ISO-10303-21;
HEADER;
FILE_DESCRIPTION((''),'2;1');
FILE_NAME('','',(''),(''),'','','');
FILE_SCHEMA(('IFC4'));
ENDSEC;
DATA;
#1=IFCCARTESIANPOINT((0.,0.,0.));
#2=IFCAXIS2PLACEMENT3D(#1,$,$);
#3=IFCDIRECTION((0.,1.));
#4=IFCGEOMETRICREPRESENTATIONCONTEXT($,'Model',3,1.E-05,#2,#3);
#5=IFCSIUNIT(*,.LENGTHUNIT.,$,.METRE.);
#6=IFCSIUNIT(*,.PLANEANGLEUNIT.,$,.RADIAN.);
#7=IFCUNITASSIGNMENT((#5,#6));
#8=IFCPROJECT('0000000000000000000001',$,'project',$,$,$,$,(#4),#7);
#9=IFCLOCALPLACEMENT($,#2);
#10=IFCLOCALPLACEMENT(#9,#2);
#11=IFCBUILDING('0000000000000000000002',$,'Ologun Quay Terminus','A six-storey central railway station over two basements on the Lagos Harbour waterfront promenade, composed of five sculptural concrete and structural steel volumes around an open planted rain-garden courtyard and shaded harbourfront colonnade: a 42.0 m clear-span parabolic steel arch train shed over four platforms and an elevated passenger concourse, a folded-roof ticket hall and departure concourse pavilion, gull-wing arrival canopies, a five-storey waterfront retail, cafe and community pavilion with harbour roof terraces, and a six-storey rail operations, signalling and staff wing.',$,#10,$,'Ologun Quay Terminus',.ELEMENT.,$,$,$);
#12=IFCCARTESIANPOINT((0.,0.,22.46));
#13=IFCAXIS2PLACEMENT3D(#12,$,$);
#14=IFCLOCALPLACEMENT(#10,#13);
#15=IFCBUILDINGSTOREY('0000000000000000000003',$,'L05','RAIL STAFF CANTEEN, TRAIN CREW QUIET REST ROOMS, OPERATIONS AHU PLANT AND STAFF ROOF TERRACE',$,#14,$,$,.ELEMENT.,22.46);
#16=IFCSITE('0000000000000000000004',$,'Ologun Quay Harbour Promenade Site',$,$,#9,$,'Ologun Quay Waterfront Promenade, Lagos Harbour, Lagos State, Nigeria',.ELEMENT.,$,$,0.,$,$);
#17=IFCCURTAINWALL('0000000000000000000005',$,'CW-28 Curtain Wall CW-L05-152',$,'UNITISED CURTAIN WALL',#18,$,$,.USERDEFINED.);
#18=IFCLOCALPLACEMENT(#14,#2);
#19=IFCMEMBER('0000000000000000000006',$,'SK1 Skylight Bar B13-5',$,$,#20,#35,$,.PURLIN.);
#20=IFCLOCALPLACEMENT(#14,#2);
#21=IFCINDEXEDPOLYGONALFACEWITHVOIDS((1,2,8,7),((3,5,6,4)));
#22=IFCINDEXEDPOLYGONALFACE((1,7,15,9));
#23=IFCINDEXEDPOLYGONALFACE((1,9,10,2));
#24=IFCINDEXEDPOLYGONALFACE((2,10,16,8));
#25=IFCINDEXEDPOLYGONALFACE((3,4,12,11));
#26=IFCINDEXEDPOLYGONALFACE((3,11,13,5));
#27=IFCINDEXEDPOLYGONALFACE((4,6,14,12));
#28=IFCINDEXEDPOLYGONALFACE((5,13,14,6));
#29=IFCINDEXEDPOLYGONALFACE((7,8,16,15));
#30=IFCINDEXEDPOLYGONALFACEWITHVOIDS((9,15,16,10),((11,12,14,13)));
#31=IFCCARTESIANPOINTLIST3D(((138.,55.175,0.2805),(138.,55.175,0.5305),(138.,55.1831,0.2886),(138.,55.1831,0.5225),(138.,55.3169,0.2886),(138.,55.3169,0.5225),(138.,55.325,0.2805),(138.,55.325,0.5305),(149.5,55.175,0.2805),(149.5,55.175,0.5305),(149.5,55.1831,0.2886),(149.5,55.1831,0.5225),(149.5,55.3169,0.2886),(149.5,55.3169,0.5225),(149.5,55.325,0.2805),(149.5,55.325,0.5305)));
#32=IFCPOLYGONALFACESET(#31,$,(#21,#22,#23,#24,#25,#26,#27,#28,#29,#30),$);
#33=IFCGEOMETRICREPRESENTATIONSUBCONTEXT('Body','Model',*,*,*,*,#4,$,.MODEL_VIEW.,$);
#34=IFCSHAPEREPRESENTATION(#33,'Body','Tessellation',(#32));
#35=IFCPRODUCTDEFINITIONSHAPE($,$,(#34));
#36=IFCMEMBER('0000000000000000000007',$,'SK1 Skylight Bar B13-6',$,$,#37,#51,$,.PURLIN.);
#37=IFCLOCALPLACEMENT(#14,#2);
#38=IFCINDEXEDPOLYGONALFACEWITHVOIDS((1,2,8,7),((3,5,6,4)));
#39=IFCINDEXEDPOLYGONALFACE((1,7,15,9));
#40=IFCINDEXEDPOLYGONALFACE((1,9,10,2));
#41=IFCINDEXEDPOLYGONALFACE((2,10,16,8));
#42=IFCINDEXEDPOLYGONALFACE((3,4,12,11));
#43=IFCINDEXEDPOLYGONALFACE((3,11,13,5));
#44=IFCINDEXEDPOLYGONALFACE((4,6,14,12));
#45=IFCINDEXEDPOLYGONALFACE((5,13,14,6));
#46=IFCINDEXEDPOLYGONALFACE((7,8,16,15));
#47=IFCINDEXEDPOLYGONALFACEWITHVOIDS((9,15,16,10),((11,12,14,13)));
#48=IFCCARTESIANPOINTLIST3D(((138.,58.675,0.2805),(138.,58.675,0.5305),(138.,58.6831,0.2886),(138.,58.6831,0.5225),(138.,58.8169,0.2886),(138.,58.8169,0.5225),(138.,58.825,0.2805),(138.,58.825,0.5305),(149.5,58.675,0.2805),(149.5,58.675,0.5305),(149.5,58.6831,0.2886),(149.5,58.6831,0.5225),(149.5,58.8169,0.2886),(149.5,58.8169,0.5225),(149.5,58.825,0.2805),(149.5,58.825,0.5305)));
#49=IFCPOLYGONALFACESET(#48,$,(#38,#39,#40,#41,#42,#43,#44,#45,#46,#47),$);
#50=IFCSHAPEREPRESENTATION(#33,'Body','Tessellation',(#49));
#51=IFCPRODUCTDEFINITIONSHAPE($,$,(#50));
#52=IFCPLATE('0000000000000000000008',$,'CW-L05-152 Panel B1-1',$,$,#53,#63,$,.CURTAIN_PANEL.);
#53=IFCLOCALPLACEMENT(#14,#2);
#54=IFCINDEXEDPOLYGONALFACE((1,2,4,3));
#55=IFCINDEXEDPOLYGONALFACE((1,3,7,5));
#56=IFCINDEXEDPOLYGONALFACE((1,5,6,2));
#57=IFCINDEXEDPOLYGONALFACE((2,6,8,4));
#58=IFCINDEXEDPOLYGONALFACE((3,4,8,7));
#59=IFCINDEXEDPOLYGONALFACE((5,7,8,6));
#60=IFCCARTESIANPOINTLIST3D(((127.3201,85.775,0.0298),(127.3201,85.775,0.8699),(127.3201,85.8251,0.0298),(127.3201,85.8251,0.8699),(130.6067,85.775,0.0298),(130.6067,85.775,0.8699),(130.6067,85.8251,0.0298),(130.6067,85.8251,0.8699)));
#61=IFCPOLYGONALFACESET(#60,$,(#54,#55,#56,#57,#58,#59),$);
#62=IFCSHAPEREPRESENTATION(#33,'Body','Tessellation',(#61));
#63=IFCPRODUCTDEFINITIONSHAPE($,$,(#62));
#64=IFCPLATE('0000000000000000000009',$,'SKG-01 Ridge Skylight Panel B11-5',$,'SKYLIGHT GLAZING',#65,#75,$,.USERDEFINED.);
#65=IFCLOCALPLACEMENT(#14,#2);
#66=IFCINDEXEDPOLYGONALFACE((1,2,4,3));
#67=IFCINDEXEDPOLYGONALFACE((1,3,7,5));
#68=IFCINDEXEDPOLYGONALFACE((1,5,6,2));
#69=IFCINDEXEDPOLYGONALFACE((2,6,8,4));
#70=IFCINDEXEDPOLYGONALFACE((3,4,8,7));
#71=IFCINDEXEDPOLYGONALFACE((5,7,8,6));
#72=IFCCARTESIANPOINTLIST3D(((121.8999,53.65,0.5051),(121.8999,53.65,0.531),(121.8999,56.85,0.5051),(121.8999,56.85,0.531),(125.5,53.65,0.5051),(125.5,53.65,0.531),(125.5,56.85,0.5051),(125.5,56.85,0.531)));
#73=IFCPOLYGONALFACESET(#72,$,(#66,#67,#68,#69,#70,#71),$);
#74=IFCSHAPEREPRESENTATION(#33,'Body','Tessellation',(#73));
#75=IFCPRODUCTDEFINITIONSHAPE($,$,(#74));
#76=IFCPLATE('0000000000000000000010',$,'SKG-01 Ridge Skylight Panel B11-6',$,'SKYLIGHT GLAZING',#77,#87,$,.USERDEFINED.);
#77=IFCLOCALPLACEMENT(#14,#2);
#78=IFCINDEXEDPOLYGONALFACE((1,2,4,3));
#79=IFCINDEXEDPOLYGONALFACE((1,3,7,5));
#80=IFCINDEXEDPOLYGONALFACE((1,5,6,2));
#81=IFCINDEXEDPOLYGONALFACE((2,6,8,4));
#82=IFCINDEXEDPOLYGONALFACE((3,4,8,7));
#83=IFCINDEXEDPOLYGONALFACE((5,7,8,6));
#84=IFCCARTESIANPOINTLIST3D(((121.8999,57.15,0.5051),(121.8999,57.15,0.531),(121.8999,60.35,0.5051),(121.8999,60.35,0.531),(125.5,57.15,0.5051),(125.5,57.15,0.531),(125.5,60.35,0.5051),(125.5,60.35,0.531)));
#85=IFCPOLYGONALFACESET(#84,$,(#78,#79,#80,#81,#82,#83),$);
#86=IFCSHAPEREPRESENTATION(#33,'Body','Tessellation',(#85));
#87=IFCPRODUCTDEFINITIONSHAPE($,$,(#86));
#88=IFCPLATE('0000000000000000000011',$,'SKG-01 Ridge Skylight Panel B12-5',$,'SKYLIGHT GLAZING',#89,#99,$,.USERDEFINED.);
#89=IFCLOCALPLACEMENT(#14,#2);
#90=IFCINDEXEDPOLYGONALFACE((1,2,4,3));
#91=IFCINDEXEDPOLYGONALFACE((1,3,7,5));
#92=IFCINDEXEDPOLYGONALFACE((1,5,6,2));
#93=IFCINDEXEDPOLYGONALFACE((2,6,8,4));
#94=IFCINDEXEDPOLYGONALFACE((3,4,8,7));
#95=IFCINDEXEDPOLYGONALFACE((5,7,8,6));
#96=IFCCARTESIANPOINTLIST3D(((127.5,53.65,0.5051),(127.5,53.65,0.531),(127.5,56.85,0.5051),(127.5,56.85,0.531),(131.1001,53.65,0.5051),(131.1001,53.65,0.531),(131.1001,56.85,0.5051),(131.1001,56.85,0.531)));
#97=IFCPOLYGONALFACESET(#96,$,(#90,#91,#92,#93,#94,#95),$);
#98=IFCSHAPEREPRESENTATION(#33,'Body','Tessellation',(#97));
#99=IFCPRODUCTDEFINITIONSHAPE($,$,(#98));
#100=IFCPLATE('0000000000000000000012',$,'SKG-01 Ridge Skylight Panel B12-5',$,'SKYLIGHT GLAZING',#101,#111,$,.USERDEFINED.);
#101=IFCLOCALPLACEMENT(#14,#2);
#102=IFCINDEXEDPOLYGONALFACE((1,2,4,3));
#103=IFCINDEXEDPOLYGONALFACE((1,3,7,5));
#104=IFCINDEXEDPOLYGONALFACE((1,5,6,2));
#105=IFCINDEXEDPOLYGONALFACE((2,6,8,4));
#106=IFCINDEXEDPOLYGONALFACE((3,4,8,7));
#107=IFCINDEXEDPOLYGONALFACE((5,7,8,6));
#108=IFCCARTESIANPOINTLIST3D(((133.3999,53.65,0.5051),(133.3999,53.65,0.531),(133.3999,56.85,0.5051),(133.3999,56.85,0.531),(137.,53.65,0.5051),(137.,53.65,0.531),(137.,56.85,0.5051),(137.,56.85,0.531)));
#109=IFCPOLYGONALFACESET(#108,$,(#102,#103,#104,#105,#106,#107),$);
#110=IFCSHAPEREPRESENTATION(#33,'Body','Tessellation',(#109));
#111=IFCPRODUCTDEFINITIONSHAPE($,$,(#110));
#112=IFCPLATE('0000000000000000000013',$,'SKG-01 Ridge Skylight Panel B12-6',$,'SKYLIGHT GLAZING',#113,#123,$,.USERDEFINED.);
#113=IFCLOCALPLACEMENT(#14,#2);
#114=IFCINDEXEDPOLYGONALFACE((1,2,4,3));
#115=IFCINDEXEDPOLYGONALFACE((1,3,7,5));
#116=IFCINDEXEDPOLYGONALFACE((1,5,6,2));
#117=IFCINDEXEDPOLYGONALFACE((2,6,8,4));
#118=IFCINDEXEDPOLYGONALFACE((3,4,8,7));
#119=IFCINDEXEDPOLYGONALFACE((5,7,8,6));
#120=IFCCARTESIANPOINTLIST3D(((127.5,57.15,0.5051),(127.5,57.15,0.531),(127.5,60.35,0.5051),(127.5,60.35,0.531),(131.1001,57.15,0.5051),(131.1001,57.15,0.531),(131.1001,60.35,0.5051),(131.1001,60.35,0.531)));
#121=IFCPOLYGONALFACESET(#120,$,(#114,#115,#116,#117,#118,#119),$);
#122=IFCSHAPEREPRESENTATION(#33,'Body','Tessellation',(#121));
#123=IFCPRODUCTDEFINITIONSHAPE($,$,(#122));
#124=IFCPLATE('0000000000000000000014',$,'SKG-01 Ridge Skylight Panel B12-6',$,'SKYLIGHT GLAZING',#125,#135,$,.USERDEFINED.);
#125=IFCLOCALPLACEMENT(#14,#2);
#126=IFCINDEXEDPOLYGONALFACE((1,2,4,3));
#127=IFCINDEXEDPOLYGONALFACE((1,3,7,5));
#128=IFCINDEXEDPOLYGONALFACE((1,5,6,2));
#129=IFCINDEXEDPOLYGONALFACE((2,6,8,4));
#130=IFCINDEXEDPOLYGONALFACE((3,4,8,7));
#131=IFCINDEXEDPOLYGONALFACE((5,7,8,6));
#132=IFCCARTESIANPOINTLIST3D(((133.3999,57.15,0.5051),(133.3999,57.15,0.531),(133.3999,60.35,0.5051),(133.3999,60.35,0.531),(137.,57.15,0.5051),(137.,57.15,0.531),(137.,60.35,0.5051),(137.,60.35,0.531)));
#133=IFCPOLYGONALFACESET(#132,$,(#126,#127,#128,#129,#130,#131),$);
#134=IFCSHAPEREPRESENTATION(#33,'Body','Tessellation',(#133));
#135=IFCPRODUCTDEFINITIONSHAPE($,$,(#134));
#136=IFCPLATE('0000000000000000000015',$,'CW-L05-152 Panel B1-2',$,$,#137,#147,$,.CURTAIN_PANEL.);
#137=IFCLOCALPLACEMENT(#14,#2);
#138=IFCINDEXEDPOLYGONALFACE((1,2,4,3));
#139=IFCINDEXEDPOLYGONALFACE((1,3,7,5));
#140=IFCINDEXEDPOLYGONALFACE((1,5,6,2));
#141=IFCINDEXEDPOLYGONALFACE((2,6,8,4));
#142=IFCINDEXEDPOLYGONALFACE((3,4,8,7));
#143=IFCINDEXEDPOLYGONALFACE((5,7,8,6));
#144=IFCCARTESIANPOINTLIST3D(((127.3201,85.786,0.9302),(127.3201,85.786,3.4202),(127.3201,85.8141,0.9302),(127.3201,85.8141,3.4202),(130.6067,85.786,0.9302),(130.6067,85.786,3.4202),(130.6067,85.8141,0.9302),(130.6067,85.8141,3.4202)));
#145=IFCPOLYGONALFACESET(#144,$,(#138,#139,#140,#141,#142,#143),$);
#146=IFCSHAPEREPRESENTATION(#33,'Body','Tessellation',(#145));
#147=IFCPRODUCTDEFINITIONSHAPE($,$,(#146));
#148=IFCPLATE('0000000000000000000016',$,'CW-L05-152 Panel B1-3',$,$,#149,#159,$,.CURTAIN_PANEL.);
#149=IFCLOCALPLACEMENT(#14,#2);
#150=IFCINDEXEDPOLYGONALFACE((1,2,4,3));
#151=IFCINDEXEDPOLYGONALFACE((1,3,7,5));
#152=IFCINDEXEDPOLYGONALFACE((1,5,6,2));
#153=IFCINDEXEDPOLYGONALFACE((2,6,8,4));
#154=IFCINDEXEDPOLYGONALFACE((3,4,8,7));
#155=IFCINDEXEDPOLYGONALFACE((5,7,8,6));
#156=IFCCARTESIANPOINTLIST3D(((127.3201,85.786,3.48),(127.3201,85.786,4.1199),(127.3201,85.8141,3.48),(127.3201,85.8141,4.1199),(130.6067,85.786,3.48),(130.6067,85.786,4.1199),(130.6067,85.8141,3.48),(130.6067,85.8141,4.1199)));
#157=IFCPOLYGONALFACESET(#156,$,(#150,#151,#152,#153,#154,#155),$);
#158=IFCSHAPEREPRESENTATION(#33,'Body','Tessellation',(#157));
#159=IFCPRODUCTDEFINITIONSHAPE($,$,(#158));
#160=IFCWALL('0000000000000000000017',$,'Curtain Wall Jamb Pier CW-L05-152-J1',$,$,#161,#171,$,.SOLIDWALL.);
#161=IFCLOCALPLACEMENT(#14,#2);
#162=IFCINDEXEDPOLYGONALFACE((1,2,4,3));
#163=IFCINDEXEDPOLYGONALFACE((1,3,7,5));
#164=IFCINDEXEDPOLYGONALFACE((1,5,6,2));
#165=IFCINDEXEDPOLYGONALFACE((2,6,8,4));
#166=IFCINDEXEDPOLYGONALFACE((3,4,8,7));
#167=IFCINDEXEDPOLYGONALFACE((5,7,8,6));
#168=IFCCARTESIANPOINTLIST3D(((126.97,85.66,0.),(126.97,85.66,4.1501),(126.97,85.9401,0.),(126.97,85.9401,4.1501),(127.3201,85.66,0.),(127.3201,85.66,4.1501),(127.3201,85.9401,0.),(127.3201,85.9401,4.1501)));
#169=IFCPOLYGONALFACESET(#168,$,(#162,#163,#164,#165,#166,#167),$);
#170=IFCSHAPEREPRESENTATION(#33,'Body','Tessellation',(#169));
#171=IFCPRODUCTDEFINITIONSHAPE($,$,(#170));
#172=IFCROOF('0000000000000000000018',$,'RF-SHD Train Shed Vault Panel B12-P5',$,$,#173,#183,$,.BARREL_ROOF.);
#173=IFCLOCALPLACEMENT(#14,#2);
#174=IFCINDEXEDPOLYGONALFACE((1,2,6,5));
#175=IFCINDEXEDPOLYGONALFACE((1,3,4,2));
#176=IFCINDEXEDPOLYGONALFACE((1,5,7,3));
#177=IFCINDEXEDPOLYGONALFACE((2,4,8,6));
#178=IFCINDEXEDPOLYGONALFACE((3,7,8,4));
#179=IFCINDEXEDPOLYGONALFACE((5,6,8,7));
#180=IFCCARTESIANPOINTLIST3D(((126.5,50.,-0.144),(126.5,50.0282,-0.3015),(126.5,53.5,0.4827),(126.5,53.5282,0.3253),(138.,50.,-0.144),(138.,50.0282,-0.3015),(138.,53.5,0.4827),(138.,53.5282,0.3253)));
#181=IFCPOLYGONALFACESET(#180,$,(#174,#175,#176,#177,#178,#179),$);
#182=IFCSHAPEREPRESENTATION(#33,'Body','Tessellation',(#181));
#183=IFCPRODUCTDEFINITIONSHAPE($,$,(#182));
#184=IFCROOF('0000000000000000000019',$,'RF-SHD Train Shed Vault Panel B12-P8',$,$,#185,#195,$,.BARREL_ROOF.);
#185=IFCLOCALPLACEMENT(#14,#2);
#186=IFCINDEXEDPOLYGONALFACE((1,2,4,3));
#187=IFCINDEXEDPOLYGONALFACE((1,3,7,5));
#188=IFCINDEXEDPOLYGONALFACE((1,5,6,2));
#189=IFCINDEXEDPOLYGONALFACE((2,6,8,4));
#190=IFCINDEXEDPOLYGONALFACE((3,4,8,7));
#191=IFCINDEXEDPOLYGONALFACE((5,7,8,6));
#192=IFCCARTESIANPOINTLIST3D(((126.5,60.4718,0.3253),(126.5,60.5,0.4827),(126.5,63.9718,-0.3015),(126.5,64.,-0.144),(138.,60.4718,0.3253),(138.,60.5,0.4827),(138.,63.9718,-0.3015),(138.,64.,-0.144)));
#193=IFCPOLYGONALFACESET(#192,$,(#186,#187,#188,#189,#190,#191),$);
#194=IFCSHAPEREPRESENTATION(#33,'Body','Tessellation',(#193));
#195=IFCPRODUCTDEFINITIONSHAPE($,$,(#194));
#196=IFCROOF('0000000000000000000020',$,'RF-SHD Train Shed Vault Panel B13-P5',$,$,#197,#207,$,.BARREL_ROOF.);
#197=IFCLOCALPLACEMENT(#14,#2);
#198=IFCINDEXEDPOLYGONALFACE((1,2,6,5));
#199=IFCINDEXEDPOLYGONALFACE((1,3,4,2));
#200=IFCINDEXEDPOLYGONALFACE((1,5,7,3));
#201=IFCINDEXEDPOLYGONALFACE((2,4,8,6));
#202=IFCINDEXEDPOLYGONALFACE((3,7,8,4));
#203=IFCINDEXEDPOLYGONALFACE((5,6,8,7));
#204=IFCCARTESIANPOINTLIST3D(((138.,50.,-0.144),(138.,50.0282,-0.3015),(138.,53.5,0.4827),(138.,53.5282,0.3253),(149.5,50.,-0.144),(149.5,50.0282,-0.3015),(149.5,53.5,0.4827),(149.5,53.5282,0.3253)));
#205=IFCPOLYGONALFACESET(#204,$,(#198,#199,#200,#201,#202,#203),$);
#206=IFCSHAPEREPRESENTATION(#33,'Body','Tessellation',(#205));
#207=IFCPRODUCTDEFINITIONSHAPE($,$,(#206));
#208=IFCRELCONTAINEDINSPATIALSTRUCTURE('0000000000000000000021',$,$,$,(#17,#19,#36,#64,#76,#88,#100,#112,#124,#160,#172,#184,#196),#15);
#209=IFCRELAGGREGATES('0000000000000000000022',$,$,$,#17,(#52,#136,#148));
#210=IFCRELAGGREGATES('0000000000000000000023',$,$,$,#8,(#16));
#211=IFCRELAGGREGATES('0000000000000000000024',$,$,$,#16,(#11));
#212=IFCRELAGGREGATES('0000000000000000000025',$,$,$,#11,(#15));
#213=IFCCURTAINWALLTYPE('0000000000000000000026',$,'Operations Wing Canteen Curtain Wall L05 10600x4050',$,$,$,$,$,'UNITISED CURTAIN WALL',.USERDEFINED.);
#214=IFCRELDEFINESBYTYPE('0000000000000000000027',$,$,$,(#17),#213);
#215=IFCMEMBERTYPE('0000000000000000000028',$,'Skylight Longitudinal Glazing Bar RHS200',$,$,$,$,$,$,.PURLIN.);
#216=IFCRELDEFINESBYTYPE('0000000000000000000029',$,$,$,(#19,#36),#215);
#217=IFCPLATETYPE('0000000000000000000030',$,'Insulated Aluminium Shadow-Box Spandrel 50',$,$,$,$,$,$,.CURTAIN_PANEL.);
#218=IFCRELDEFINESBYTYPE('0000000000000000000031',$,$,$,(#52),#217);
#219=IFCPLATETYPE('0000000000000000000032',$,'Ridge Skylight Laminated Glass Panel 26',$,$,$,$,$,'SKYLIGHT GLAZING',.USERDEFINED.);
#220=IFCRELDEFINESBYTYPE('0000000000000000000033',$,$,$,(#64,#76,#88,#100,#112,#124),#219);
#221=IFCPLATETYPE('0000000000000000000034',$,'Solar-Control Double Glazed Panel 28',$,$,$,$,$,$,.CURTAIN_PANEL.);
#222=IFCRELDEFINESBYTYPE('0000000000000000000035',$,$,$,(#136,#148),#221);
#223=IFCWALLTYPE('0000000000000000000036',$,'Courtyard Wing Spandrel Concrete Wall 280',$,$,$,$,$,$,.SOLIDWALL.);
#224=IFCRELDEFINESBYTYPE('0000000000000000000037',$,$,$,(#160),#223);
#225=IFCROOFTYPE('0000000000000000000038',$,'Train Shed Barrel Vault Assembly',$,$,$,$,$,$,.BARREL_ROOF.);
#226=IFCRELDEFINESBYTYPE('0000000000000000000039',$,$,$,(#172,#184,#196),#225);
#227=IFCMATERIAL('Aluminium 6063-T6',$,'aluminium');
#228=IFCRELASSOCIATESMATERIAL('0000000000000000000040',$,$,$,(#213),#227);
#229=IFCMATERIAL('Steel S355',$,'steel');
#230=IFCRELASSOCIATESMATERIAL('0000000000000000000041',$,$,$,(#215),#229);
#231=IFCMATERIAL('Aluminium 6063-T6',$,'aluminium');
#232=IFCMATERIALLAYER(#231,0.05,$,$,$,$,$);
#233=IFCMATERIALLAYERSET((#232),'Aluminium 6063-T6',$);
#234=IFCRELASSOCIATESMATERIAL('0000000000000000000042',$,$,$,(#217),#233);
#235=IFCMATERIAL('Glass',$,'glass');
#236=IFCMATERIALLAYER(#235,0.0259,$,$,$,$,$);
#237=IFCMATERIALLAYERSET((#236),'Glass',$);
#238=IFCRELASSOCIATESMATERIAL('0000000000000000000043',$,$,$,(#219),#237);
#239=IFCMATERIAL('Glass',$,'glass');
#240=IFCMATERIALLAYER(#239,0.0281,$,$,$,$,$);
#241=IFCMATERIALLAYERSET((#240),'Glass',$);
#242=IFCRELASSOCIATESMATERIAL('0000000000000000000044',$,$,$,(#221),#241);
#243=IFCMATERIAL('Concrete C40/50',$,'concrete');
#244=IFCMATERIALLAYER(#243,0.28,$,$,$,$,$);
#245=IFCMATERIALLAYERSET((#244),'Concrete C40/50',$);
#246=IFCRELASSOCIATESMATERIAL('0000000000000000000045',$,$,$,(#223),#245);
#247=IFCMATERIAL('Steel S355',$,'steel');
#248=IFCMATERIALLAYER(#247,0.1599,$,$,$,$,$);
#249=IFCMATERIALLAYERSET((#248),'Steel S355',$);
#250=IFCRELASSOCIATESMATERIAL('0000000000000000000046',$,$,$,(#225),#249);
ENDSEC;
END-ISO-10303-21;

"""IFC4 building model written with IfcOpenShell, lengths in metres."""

from ifc_helpers import new_model, si_unit, direction, frame, frame_2d, origin, origin_2d, place, context, subcontext, project, spatial, polyline, rectangle, hollow_rectangle, outline, extrude, material, layer, layer_set, material_profile, profile_set, type_object, element, aggregate, save


model = new_model("IFC4")

# Units and contexts
model_context = context("Model", 3, precision=1e-05, world=origin(), true_north=direction((0.0, 1.0)))
body_context = subcontext(model_context, "Body", "Model", "MODEL_VIEW")
ifc_project = project(units=[si_unit("LENGTHUNIT", "METRE"), si_unit("PLANEANGLEUNIT", "RADIAN")], contexts=[model_context])

# Site, building, storey
site_placement = place(None, origin())
site = spatial("IfcSite", under=ifc_project, at=site_placement, Name="Ologun Quay Harbour Promenade Site", LongName="Ologun Quay Waterfront Promenade, Lagos Harbour, Lagos State, Nigeria", CompositionType="ELEMENT", RefElevation=0.0)
building_placement = place(site_placement, origin())
building = spatial("IfcBuilding", under=site, at=building_placement, Name="Ologun Quay Terminus", Description="A six-storey central railway station over two basements on the Lagos Harbour waterfront promenade, composed of five sculptural concrete and structural steel volumes around an open planted rain-garden courtyard and shaded harbourfront colonnade: a 42.0 m clear-span parabolic steel arch train shed over four platforms and an elevated passenger concourse, a folded-roof ticket hall and departure concourse pavilion, gull-wing arrival canopies, a five-storey waterfront retail, cafe and community pavilion with harbour roof terraces, and a six-storey rail operations, signalling and staff wing.", LongName="Ologun Quay Terminus", CompositionType="ELEMENT")
storey_placement = place(building_placement, frame((0.0, 0.0, 22.46)))
storey = spatial("IfcBuildingStorey", under=building, at=storey_placement, Name="L05", Description="RAIL STAFF CANTEEN, TRAIN CREW QUIET REST ROOMS, OPERATIONS AHU PLANT AND STAFF ROOF TERRACE", CompositionType="ELEMENT", Elevation=22.46)

# Curtain wall
ifc_material_1 = material(Name="Aluminium 6063-T6", Category="aluminium")
curtain_wall_type = type_object("IfcCurtainWallType", Name="Operations Wing Canteen Curtain Wall L05 10600x4050", ElementType="UNITISED CURTAIN WALL", PredefinedType="USERDEFINED", material=ifc_material_1)
curtain_wall_placement = place(storey_placement, origin())
curtain_wall = element("IfcCurtainWall", 1, at=curtain_wall_placement, inside=storey, type_object=curtain_wall_type, Name="CW-28 Curtain Wall CW-L05-152", ObjectType="UNITISED CURTAIN WALL", PredefinedType="USERDEFINED")

# Members
ifc_material_2 = material(Name="Steel S355", Category="steel")
ifc_material_profile_1 = material_profile(ifc_material_2, hollow_rectangle(XDim=0.1499, YDim=0.25, WallThickness=0.0081, at=origin_2d()), Name="RHS 250x150x8")
ifc_profile_set_1 = profile_set([ifc_material_profile_1], Name="Steel S355")
member_type_1 = type_object("IfcMemberType", Name="Skylight Longitudinal Glazing Bar RHS200", PredefinedType="PURLIN", material=ifc_profile_set_1)
for number, where, z_axis, x_axis, name in (
    (2, (138.0, 55.25, 0.4055), (1.0, 0.0, 0.0), (0.0, 1.0, 0.0), "SK1 Skylight Bar B13-5"),
    (3, (138.0, 58.75, 0.4055), (1.0, 0.0, 0.0), (0.0, 1.0, 0.0), "SK1 Skylight Bar B13-6"),
):
    element("IfcMember", number, at=place(storey_placement, frame(where, z_axis=z_axis, x_axis=x_axis)), inside=storey, type_object=member_type_1, Name=name, PredefinedType="PURLIN", context=body_context, shape_type="SweptSolid", body=[
        extrude(hollow_rectangle(XDim=0.1499, YDim=0.25, WallThickness=0.0081, at=origin_2d()), origin(), (0.0, 0.0, 1.0), 11.5),
    ])

# Plate
ifc_material_3 = material(Name="Aluminium 6063-T6", Category="aluminium")
ifc_layer_1 = layer(ifc_material_3, 0.05)
ifc_layer_set_1 = layer_set([ifc_layer_1], Name="Aluminium 6063-T6")
plate_type_1 = type_object("IfcPlateType", Name="Insulated Aluminium Shadow-Box Spandrel 50", PredefinedType="CURTAIN_PANEL", material=ifc_layer_set_1)
plate_1_placement = place(storey_placement, frame((128.9634, 85.8, 0.0298), z_axis=(0.0, 0.0, 1.0), x_axis=(1.0, 0.0, 0.0)))
plate_1 = element("IfcPlate", 4, at=plate_1_placement, type_object=plate_type_1, Name="CW-L05-152 Panel B1-1", PredefinedType="CURTAIN_PANEL", context=body_context, shape_type="SweptSolid", body=[
    extrude(rectangle(XDim=3.2866, YDim=0.05, at=origin_2d()), origin(), (0.0, 0.0, 1.0), 0.8401),
])

# Plates
ifc_material_4 = material(Name="Glass", Category="glass")
ifc_layer_2 = layer(ifc_material_4, 0.0259)
ifc_layer_set_2 = layer_set([ifc_layer_2], Name="Glass")
plate_type_2 = type_object("IfcPlateType", Name="Ridge Skylight Laminated Glass Panel 26", ElementType="SKYLIGHT GLAZING", PredefinedType="USERDEFINED", material=ifc_layer_set_2)
for number, where, z_axis, x_axis, name in (
    (5, (123.7, 55.25, 0.5051), (0.0, 0.0, 1.0), (1.0, 0.0, 0.0), "SKG-01 Ridge Skylight Panel B11-5"),
    (6, (123.7, 58.75, 0.5051), (0.0, 0.0, 1.0), (1.0, 0.0, 0.0), "SKG-01 Ridge Skylight Panel B11-6"),
    (7, (129.3, 55.25, 0.5051), (0.0, 0.0, 1.0), (1.0, 0.0, 0.0), "SKG-01 Ridge Skylight Panel B12-5"),
    (8, (135.2, 55.25, 0.5051), (0.0, 0.0, 1.0), (1.0, 0.0, 0.0), "SKG-01 Ridge Skylight Panel B12-5"),
    (9, (129.3, 58.75, 0.5051), (0.0, 0.0, 1.0), (1.0, 0.0, 0.0), "SKG-01 Ridge Skylight Panel B12-6"),
    (10, (135.2, 58.75, 0.5051), (0.0, 0.0, 1.0), (1.0, 0.0, 0.0), "SKG-01 Ridge Skylight Panel B12-6"),
):
    element("IfcPlate", number, at=place(storey_placement, frame(where, z_axis=z_axis, x_axis=x_axis)), inside=storey, type_object=plate_type_2, Name=name, ObjectType="SKYLIGHT GLAZING", PredefinedType="USERDEFINED", context=body_context, shape_type="SweptSolid", body=[
        extrude(rectangle(XDim=3.6001, YDim=3.2, at=origin_2d()), origin(), (0.0, 0.0, 1.0), 0.0259),
    ])

# Plates
ifc_material_5 = material(Name="Glass", Category="glass")
ifc_layer_3 = layer(ifc_material_5, 0.0281)
ifc_layer_set_3 = layer_set([ifc_layer_3], Name="Glass")
plate_type_3 = type_object("IfcPlateType", Name="Solar-Control Double Glazed Panel 28", PredefinedType="CURTAIN_PANEL", material=ifc_layer_set_3)
plate_2_placement = place(storey_placement, frame((128.9634, 85.8, 0.9302), z_axis=(0.0, 0.0, 1.0), x_axis=(1.0, 0.0, 0.0)))
plate_2 = element("IfcPlate", 11, at=plate_2_placement, type_object=plate_type_3, Name="CW-L05-152 Panel B1-2", PredefinedType="CURTAIN_PANEL", context=body_context, shape_type="SweptSolid", body=[
    extrude(rectangle(XDim=3.2866, YDim=0.0281, at=origin_2d()), origin(), (0.0, 0.0, 1.0), 2.49),
])
plate_3_placement = place(storey_placement, frame((128.9634, 85.8, 3.48), z_axis=(0.0, 0.0, 1.0), x_axis=(1.0, 0.0, 0.0)))
plate_3 = element("IfcPlate", 12, at=plate_3_placement, type_object=plate_type_3, Name="CW-L05-152 Panel B1-3", PredefinedType="CURTAIN_PANEL", context=body_context, shape_type="SweptSolid", body=[
    extrude(rectangle(XDim=3.2866, YDim=0.0281, at=origin_2d()), origin(), (0.0, 0.0, 1.0), 0.6399),
])
aggregate(curtain_wall, [plate_1, plate_2, plate_3])

# Wall
ifc_material_6 = material(Name="Concrete C40/50", Category="concrete")
ifc_layer_4 = layer(ifc_material_6, 0.28)
ifc_layer_set_4 = layer_set([ifc_layer_4], Name="Concrete C40/50")
wall_type = type_object("IfcWallType", Name="Courtyard Wing Spandrel Concrete Wall 280", PredefinedType="SOLIDWALL", material=ifc_layer_set_4)
wall_placement = place(storey_placement, frame((126.97, 85.8, 0.0), z_axis=(0.0, 0.0, 1.0), x_axis=(1.0, 0.0, 0.0)))
element("IfcWall", 13, at=wall_placement, inside=storey, type_object=wall_type, Name="Curtain Wall Jamb Pier CW-L05-152-J1", PredefinedType="SOLIDWALL", context=body_context, shape_type="SweptSolid", body=[
    extrude(rectangle(XDim=0.3501, YDim=0.28, at=frame_2d((0.175, 0.0))), origin(), (0.0, 0.0, 1.0), 4.1501),
])

# Roofs
ifc_material_7 = material(Name="Steel S355", Category="steel")
ifc_layer_5 = layer(ifc_material_7, 0.1599)
ifc_layer_set_5 = layer_set([ifc_layer_5], Name="Steel S355")
roof_type = type_object("IfcRoofType", Name="Train Shed Barrel Vault Assembly", PredefinedType="BARREL_ROOF", material=ifc_layer_set_5)
for number, where, z_axis, x_axis, name in (
    (14, (126.5, 50.0, -0.144), (0.0, -0.176256, 0.984344), (1.0, 0.0, 0.0), "RF-SHD Train Shed Vault Panel B12-P5"),
    (15, (126.5, 60.5, 0.4827), (0.0, 0.176256, 0.984344), (1.0, 0.0, 0.0), "RF-SHD Train Shed Vault Panel B12-P8"),
    (16, (138.0, 50.0, -0.144), (0.0, -0.176256, 0.984344), (1.0, 0.0, 0.0), "RF-SHD Train Shed Vault Panel B13-P5"),
):
    element("IfcRoof", number, at=place(storey_placement, frame(where, z_axis=z_axis, x_axis=x_axis)), inside=storey, type_object=roof_type, Name=name, PredefinedType="BARREL_ROOF", context=body_context, shape_type="SweptSolid", body=[
        extrude(outline(polyline([(0.0, 0.0), (11.5, 0.0), (11.5, 3.5557), (0.0, 3.5557), (0.0, 0.0)])), origin(), (0.0, 0.0, -1.0), 0.1599),
    ])

save(model, "model.ifc")
